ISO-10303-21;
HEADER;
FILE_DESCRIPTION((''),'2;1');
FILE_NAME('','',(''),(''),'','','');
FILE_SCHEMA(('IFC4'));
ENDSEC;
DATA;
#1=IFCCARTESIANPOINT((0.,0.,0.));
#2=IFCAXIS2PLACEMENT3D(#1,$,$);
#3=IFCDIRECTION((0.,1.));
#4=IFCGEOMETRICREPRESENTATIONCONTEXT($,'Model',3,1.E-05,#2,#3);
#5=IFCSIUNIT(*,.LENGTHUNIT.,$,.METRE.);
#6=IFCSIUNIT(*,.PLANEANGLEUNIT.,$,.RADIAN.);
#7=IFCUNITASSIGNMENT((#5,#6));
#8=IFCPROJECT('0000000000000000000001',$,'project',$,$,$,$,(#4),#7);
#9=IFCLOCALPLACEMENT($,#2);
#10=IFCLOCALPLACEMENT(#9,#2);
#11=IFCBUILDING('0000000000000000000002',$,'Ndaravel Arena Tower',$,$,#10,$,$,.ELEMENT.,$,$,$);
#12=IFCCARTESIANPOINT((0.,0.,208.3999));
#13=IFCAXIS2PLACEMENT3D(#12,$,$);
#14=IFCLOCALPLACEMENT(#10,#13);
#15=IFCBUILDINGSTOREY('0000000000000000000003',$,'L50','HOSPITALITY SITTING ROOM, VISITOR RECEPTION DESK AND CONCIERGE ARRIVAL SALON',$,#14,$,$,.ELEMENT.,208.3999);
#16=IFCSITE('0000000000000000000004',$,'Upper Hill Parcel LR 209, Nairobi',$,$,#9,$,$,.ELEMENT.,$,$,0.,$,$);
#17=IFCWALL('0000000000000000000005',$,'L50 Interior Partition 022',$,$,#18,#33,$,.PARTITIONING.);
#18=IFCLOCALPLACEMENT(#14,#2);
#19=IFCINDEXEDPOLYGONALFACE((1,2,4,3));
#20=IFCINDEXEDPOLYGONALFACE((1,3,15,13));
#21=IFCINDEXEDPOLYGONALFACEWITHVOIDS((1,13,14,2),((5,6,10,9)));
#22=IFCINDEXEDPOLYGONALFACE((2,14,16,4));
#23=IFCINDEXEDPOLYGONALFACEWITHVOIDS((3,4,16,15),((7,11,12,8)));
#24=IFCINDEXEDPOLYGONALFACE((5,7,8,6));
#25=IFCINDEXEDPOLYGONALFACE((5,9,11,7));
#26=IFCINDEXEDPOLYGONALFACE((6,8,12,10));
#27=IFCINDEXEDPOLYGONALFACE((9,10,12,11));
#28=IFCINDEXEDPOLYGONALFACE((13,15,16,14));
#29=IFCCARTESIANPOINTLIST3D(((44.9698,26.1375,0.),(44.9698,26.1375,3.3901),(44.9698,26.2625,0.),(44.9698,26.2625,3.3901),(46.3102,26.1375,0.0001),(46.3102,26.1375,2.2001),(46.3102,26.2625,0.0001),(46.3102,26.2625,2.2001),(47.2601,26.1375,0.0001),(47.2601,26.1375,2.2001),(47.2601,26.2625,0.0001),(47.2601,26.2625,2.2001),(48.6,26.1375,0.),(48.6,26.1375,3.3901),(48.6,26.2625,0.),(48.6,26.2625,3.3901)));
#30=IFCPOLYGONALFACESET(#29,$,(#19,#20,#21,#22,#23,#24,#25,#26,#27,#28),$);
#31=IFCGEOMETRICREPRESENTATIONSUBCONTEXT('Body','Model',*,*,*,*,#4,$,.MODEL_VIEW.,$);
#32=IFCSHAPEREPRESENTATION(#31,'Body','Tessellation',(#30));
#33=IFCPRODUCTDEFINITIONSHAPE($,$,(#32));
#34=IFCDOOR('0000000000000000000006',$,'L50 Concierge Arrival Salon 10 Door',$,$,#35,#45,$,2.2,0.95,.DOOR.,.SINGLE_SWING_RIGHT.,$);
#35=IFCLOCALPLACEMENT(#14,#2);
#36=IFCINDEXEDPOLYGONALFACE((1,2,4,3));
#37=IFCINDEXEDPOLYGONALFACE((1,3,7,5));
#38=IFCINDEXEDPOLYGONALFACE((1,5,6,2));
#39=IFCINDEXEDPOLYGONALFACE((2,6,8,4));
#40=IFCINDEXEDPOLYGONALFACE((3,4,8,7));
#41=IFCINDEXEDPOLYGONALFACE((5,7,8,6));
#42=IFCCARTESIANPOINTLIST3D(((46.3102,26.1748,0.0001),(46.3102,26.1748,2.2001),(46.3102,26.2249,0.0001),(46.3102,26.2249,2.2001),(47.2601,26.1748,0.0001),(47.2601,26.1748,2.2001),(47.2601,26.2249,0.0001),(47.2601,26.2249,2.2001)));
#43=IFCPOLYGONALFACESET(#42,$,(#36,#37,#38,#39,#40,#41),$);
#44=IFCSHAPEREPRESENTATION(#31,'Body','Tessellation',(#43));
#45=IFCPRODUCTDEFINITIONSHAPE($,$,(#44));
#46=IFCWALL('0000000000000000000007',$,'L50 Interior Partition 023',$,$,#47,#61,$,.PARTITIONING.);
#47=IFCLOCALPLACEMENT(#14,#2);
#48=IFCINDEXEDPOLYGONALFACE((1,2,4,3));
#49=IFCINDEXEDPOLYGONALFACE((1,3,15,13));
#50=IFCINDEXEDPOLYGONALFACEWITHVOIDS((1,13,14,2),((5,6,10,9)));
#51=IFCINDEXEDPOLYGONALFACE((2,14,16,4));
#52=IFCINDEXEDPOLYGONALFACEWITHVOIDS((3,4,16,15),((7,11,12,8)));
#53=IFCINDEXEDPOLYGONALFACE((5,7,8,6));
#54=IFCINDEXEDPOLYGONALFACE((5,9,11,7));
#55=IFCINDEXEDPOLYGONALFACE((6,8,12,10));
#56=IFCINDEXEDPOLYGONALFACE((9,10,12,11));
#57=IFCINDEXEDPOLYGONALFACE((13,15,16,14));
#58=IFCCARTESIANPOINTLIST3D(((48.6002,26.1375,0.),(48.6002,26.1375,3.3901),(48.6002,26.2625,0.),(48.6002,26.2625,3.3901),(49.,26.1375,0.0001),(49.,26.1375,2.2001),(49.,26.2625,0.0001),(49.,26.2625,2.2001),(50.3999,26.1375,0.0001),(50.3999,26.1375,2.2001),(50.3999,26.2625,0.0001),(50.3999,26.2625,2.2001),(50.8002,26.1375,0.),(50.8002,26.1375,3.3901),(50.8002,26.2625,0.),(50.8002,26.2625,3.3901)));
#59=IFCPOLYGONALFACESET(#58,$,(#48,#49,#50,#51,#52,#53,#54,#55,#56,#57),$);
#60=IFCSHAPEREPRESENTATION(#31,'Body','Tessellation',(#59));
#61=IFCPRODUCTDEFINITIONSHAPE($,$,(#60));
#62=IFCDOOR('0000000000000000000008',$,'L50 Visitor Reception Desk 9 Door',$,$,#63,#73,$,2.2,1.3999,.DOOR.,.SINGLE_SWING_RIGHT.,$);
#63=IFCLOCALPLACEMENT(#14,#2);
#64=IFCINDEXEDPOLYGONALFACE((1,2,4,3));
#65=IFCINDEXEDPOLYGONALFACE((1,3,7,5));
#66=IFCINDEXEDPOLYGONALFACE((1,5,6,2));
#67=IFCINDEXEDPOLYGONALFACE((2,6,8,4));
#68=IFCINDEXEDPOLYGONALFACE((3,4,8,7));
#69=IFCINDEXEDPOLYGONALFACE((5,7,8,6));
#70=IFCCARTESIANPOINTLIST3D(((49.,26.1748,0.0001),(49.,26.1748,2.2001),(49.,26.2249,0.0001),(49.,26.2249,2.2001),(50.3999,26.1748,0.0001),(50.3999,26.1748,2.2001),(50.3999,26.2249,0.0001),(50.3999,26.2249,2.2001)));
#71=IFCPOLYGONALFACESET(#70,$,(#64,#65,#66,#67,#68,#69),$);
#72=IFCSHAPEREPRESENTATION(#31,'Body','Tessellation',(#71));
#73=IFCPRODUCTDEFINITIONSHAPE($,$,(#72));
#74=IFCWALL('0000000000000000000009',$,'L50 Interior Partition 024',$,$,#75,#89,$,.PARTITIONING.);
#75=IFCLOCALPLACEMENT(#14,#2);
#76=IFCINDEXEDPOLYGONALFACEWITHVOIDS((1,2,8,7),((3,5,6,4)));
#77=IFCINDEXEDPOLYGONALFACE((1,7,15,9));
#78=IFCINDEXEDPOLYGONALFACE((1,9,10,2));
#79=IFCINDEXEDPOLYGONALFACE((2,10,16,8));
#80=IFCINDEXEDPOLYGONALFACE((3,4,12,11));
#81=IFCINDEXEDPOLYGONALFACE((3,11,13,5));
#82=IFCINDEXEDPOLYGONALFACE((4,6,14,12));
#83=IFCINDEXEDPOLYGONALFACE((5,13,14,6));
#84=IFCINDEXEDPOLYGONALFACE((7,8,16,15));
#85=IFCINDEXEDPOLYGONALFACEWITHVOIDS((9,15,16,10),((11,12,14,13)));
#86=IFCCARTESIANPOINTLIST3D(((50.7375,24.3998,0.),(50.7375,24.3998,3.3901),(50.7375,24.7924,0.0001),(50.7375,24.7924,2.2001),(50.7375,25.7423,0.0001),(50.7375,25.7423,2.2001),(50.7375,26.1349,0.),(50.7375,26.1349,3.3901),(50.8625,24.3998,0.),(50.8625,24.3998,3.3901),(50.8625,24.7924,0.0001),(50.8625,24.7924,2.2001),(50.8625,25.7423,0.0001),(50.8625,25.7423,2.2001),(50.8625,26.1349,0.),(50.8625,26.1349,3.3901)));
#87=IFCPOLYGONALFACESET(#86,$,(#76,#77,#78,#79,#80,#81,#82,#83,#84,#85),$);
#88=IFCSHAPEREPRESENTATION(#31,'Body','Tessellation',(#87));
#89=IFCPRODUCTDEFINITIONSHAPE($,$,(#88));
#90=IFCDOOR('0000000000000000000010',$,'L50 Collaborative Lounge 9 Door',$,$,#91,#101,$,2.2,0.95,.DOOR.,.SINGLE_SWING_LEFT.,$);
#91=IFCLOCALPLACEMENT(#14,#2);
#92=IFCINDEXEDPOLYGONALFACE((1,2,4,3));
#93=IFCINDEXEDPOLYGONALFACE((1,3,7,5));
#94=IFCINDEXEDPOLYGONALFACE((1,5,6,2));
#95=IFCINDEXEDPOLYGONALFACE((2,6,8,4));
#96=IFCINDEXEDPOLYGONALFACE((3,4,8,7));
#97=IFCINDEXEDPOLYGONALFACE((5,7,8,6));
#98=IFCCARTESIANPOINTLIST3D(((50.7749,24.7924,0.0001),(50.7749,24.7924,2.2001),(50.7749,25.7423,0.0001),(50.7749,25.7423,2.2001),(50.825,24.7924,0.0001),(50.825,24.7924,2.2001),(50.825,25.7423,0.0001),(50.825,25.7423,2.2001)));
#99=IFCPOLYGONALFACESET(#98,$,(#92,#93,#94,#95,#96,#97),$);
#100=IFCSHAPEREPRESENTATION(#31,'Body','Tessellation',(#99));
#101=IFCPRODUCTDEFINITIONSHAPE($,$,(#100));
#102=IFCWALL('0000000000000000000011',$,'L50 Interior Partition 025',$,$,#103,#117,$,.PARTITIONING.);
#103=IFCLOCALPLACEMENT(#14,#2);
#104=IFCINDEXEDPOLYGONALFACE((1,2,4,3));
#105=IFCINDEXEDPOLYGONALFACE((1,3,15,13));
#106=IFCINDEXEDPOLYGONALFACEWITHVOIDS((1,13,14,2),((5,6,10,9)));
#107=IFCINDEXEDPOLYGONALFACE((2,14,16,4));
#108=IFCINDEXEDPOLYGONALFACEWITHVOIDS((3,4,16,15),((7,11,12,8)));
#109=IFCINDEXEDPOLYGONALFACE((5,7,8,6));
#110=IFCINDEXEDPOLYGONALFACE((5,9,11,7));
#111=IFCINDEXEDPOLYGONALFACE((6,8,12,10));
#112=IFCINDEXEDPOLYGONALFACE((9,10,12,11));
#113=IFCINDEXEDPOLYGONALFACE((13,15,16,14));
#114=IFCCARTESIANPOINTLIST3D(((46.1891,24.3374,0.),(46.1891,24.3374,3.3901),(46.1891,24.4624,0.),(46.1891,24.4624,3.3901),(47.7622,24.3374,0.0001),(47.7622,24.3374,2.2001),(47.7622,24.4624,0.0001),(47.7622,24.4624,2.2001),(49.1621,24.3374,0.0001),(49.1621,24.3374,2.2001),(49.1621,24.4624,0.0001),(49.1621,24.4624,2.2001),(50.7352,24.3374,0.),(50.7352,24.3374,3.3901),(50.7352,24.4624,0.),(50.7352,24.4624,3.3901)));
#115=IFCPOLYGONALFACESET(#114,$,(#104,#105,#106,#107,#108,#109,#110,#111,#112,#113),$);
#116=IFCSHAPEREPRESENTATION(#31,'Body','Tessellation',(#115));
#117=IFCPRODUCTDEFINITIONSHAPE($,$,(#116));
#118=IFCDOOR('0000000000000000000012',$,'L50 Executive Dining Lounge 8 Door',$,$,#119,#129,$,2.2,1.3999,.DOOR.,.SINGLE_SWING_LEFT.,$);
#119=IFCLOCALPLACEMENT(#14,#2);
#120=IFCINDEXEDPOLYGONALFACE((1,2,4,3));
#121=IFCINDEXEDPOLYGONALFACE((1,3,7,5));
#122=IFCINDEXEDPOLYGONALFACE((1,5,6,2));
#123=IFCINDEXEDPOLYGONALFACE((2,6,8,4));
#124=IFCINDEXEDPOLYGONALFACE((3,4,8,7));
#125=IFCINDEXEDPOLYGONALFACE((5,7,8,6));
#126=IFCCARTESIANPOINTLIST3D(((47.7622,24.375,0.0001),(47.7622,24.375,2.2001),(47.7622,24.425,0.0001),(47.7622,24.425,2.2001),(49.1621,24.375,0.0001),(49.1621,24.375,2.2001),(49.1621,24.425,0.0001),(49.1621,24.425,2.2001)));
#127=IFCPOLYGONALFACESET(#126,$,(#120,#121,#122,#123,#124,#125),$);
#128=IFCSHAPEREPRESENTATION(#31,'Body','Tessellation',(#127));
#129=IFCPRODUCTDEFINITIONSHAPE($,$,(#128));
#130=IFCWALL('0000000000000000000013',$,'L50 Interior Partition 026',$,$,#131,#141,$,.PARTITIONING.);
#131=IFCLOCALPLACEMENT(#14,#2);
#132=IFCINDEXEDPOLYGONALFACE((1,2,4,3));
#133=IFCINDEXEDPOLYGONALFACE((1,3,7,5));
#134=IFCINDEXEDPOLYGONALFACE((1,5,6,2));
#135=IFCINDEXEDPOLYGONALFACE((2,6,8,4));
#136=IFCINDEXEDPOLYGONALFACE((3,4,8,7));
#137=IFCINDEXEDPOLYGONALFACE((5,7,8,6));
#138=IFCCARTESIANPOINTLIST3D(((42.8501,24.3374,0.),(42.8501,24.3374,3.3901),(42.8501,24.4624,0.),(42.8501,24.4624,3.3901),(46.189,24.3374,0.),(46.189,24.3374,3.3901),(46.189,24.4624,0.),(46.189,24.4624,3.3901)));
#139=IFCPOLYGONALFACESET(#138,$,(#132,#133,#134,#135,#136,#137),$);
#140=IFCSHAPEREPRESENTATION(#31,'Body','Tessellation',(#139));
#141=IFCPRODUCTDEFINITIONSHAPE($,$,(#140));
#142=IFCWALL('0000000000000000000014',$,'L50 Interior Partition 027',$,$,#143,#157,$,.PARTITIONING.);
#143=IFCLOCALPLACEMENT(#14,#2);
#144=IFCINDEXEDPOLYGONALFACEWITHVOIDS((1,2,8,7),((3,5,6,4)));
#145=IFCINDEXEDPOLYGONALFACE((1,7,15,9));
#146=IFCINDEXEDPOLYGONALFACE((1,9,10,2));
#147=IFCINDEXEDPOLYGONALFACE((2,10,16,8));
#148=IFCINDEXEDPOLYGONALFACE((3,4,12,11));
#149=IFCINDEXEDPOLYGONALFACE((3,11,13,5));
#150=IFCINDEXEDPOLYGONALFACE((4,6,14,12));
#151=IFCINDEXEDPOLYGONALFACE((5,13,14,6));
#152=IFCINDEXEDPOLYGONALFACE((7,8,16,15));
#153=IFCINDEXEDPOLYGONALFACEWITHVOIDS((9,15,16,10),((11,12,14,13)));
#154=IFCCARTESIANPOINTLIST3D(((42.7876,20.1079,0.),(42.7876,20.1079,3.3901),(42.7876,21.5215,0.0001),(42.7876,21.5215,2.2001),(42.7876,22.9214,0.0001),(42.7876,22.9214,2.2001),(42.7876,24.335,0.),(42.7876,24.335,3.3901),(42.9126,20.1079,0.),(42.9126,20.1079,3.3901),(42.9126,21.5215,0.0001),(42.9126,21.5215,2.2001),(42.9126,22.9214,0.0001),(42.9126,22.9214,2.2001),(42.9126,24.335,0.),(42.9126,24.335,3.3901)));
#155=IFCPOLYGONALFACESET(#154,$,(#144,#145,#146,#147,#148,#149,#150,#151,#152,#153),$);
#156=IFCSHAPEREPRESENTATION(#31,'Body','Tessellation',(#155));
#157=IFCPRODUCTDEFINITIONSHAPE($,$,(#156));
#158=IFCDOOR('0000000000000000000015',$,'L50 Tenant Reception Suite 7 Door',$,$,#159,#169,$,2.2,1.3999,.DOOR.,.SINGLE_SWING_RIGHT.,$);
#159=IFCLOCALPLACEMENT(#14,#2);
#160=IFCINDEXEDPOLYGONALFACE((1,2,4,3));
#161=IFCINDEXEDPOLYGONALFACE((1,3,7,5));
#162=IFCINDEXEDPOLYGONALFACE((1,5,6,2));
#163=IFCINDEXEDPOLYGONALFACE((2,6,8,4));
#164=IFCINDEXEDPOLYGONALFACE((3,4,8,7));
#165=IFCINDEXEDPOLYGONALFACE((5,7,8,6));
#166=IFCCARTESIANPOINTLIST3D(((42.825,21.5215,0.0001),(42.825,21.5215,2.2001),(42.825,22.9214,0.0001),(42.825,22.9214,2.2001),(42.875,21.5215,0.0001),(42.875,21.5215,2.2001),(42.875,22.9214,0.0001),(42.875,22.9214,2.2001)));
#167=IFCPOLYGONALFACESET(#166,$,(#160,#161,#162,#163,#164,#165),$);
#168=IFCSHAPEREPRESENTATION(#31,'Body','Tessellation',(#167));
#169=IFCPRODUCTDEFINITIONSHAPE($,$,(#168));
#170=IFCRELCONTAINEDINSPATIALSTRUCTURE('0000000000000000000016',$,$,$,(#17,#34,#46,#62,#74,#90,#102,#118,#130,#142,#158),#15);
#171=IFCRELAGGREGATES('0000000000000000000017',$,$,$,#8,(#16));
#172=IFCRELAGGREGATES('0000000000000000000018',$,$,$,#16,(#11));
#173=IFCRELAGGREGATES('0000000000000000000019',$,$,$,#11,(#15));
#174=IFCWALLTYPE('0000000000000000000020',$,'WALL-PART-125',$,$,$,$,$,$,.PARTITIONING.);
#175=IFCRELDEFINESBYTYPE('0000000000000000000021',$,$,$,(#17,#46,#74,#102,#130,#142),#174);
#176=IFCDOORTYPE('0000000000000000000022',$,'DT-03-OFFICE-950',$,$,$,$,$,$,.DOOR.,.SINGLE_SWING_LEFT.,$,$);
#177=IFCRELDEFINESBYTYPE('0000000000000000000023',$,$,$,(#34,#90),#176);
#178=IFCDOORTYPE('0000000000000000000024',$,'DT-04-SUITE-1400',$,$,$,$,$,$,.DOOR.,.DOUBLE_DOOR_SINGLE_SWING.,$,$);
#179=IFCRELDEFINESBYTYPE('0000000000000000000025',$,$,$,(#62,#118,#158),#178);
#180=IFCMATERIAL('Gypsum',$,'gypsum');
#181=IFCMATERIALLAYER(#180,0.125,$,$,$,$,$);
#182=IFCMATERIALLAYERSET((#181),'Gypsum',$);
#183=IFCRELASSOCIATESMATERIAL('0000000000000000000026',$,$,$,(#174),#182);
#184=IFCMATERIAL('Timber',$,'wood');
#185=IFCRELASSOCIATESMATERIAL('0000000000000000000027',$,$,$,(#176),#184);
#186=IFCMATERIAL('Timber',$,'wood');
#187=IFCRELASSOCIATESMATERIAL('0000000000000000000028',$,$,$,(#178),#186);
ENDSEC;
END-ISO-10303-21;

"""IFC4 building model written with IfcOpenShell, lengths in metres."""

from ifc_helpers import new_model, si_unit, direction, frame, frame_2d, origin, place, context, subcontext, project, spatial, rectangle, extrude, material, layer, layer_set, type_object, element, fill, save


model = new_model("IFC4")

# Units and contexts
model_context = context("Model", 3, precision=1e-05, world=origin(), true_north=direction((0.0, 1.0)))
body_context = subcontext(model_context, "Body", "Model", "MODEL_VIEW")
ifc_project = project(units=[si_unit("LENGTHUNIT", "METRE"), si_unit("PLANEANGLEUNIT", "RADIAN")], contexts=[model_context])

# Site, building, storey
site_placement = place(None, origin())
site = spatial("IfcSite", under=ifc_project, at=site_placement, Name="Upper Hill Parcel LR 209, Nairobi", CompositionType="ELEMENT", RefElevation=0.0)
building_placement = place(site_placement, origin())
building = spatial("IfcBuilding", under=site, at=building_placement, Name="Ndaravel Arena Tower", CompositionType="ELEMENT")
storey_placement = place(building_placement, frame((0.0, 0.0, 208.3999)))
storey = spatial("IfcBuildingStorey", under=building, at=storey_placement, Name="L50", Description="HOSPITALITY SITTING ROOM, VISITOR RECEPTION DESK AND CONCIERGE ARRIVAL SALON", CompositionType="ELEMENT", Elevation=208.3999)

# Shared definitions
ifc_material_1 = material(Name="Gypsum", Category="gypsum")
ifc_layer_1 = layer(ifc_material_1, 0.125)
ifc_layer_set_1 = layer_set([ifc_layer_1], Name="Gypsum")
wall_type = type_object("IfcWallType", Name="WALL-PART-125", PredefinedType="PARTITIONING", material=ifc_layer_set_1)

# Walls, openings, doors
ifc_material_2 = material(Name="Timber", Category="wood")
door_type_1 = type_object("IfcDoorType", Name="DT-03-OFFICE-950", OperationType="SINGLE_SWING_LEFT", PredefinedType="DOOR", material=ifc_material_2)
wall_1_placement = place(storey_placement, frame((44.97, 26.2, 0.0), z_axis=(0.0, 0.0, 1.0), x_axis=(1.0, 0.0, 0.0)))
wall_1 = element("IfcWall", 1, at=wall_1_placement, inside=storey, type_object=wall_type, Name="L50 Interior Partition 022", PredefinedType="PARTITIONING", context=body_context, shape_type="SweptSolid", body=[
    extrude(rectangle(XDim=3.6301, YDim=0.125, at=frame_2d((1.8149, 0.0))), origin(), (0.0, 0.0, 1.0), 3.3901),
])
opening_1_placement = place(wall_1_placement, frame((1.3401, 0.0, 0.0)))
opening_1 = element("IfcOpeningElement", 2, at=opening_1_placement, cuts=wall_1, PredefinedType="OPENING", context=body_context, shape_type="SweptSolid", body=[
    extrude(rectangle(XDim=0.95, YDim=2.2, at=frame_2d((0.4751, 1.1001))), frame((0.0, 0.0625, 0.0), z_axis=(0.0, -1.0, 0.0), x_axis=(1.0, 0.0, 0.0)), (0.0, 0.0, 1.0), 0.125),
])
door_1_placement = place(opening_1_placement, origin())
door_1 = element("IfcDoor", 3, at=door_1_placement, inside=storey, type_object=door_type_1, Name="L50 Concierge Arrival Salon 10 Door", OperationType="SINGLE_SWING_RIGHT", OverallHeight=2.2, OverallWidth=0.95, PredefinedType="DOOR", context=body_context, shape_type="SweptSolid", body=[
    extrude(rectangle(XDim=0.95, YDim=2.2, at=frame_2d((0.4751, 1.1001))), frame((0.0, 0.0249, 0.0), z_axis=(0.0, -1.0, 0.0), x_axis=(1.0, 0.0, 0.0)), (0.0, 0.0, 1.0), 0.05),
])
fill(opening_1, door_1)
wall_2_placement = place(storey_placement, frame((48.6001, 26.2, 0.0), z_axis=(0.0, 0.0, 1.0), x_axis=(1.0, 0.0, 0.0)))
wall_2 = element("IfcWall", 4, at=wall_2_placement, inside=storey, type_object=wall_type, Name="L50 Interior Partition 023", PredefinedType="PARTITIONING", context=body_context, shape_type="SweptSolid", body=[
    extrude(rectangle(XDim=2.2, YDim=0.125, at=frame_2d((1.1001, 0.0))), origin(), (0.0, 0.0, 1.0), 3.3901),
])
opening_2_placement = place(wall_2_placement, frame((0.3999, 0.0, 0.0)))
opening_2 = element("IfcOpeningElement", 5, at=opening_2_placement, cuts=wall_2, PredefinedType="OPENING", context=body_context, shape_type="SweptSolid", body=[
    extrude(rectangle(XDim=1.3999, YDim=2.2, at=frame_2d((0.7, 1.1001))), frame((0.0, 0.0625, 0.0), z_axis=(0.0, -1.0, 0.0), x_axis=(1.0, 0.0, 0.0)), (0.0, 0.0, 1.0), 0.125),
])
ifc_material_3 = material(Name="Timber", Category="wood")
door_type_2 = type_object("IfcDoorType", Name="DT-04-SUITE-1400", OperationType="DOUBLE_DOOR_SINGLE_SWING", PredefinedType="DOOR", material=ifc_material_3)
door_2_placement = place(opening_2_placement, origin())
door_2 = element("IfcDoor", 6, at=door_2_placement, inside=storey, type_object=door_type_2, Name="L50 Visitor Reception Desk 9 Door", OperationType="SINGLE_SWING_RIGHT", OverallHeight=2.2, OverallWidth=1.3999, PredefinedType="DOOR", context=body_context, shape_type="SweptSolid", body=[
    extrude(rectangle(XDim=1.3999, YDim=2.2, at=frame_2d((0.7, 1.1001))), frame((0.0, 0.0249, 0.0), z_axis=(0.0, -1.0, 0.0), x_axis=(1.0, 0.0, 0.0)), (0.0, 0.0, 1.0), 0.05),
])
fill(opening_2, door_2)
wall_3_placement = place(storey_placement, frame((50.8, 26.135, 0.0), z_axis=(0.0, 0.0, 1.0), x_axis=(0.0, -1.0, 0.0)))
wall_3 = element("IfcWall", 7, at=wall_3_placement, inside=storey, type_object=wall_type, Name="L50 Interior Partition 024", PredefinedType="PARTITIONING", context=body_context, shape_type="SweptSolid", body=[
    extrude(rectangle(XDim=1.7351, YDim=0.125, at=frame_2d((0.8677, 0.0))), origin(), (0.0, 0.0, 1.0), 3.3901),
])
opening_3_placement = place(wall_3_placement, frame((0.3926, 0.0, 0.0)))
opening_3 = element("IfcOpeningElement", 8, at=opening_3_placement, cuts=wall_3, PredefinedType="OPENING", context=body_context, shape_type="SweptSolid", body=[
    extrude(rectangle(XDim=0.95, YDim=2.2, at=frame_2d((0.4751, 1.1001))), frame((0.0, 0.0625, 0.0), z_axis=(0.0, -1.0, 0.0), x_axis=(1.0, 0.0, 0.0)), (0.0, 0.0, 1.0), 0.125),
])
door_3_placement = place(opening_3_placement, origin())
door_3 = element("IfcDoor", 9, at=door_3_placement, inside=storey, type_object=door_type_1, Name="L50 Collaborative Lounge 9 Door", OperationType="SINGLE_SWING_LEFT", OverallHeight=2.2, OverallWidth=0.95, PredefinedType="DOOR", context=body_context, shape_type="SweptSolid", body=[
    extrude(rectangle(XDim=0.95, YDim=2.2, at=frame_2d((0.4751, 1.1001))), frame((0.0, 0.0249, 0.0), z_axis=(0.0, -1.0, 0.0), x_axis=(1.0, 0.0, 0.0)), (0.0, 0.0, 1.0), 0.05),
])
fill(opening_3, door_3)
wall_4_placement = place(storey_placement, frame((50.7351, 24.3999, 0.0), z_axis=(0.0, 0.0, 1.0), x_axis=(-1.0, 0.0, 0.0)))
wall_4 = element("IfcWall", 10, at=wall_4_placement, inside=storey, type_object=wall_type, Name="L50 Interior Partition 025", PredefinedType="PARTITIONING", context=body_context, shape_type="SweptSolid", body=[
    extrude(rectangle(XDim=4.5461, YDim=0.125, at=frame_2d((2.2729, 0.0))), origin(), (0.0, 0.0, 1.0), 3.3901),
])
opening_4_placement = place(wall_4_placement, frame((1.573, 0.0, 0.0)))
opening_4 = element("IfcOpeningElement", 11, at=opening_4_placement, cuts=wall_4, PredefinedType="OPENING", context=body_context, shape_type="SweptSolid", body=[
    extrude(rectangle(XDim=1.3999, YDim=2.2, at=frame_2d((0.7, 1.1001))), frame((0.0, 0.0625, 0.0), z_axis=(0.0, -1.0, 0.0), x_axis=(1.0, 0.0, 0.0)), (0.0, 0.0, 1.0), 0.125),
])
door_4_placement = place(opening_4_placement, origin())
door_4 = element("IfcDoor", 12, at=door_4_placement, inside=storey, type_object=door_type_2, Name="L50 Executive Dining Lounge 8 Door", OperationType="SINGLE_SWING_LEFT", OverallHeight=2.2, OverallWidth=1.3999, PredefinedType="DOOR", context=body_context, shape_type="SweptSolid", body=[
    extrude(rectangle(XDim=1.3999, YDim=2.2, at=frame_2d((0.7, 1.1001))), frame((0.0, 0.0249, 0.0), z_axis=(0.0, -1.0, 0.0), x_axis=(1.0, 0.0, 0.0)), (0.0, 0.0, 1.0), 0.05),
])
fill(opening_4, door_4)

# Wall
wall_5_placement = place(storey_placement, frame((46.189, 24.3999, 0.0), z_axis=(0.0, 0.0, 1.0), x_axis=(-1.0, 0.0, 0.0)))
element("IfcWall", 13, at=wall_5_placement, inside=storey, type_object=wall_type, Name="L50 Interior Partition 026", PredefinedType="PARTITIONING", context=body_context, shape_type="SweptSolid", body=[
    extrude(rectangle(XDim=3.3389, YDim=0.125, at=frame_2d((1.6694, 0.0))), origin(), (0.0, 0.0, 1.0), 3.3901),
])

# Wall, opening, door
wall_6_placement = place(storey_placement, frame((42.8501, 24.335, 0.0), z_axis=(0.0, 0.0, 1.0), x_axis=(0.0, -1.0, 0.0)))
wall_6 = element("IfcWall", 14, at=wall_6_placement, inside=storey, type_object=wall_type, Name="L50 Interior Partition 027", PredefinedType="PARTITIONING", context=body_context, shape_type="SweptSolid", body=[
    extrude(rectangle(XDim=4.2271, YDim=0.125, at=frame_2d((2.1135, 0.0))), origin(), (0.0, 0.0, 1.0), 3.3901),
])
opening_5_placement = place(wall_6_placement, frame((1.4136, 0.0, 0.0)))
opening_5 = element("IfcOpeningElement", 15, at=opening_5_placement, cuts=wall_6, PredefinedType="OPENING", context=body_context, shape_type="SweptSolid", body=[
    extrude(rectangle(XDim=1.3999, YDim=2.2, at=frame_2d((0.7, 1.1001))), frame((0.0, 0.0625, 0.0), z_axis=(0.0, -1.0, 0.0), x_axis=(1.0, 0.0, 0.0)), (0.0, 0.0, 1.0), 0.125),
])
door_5_placement = place(opening_5_placement, origin())
door_5 = element("IfcDoor", 16, at=door_5_placement, inside=storey, type_object=door_type_2, Name="L50 Tenant Reception Suite 7 Door", OperationType="SINGLE_SWING_RIGHT", OverallHeight=2.2, OverallWidth=1.3999, PredefinedType="DOOR", context=body_context, shape_type="SweptSolid", body=[
    extrude(rectangle(XDim=1.3999, YDim=2.2, at=frame_2d((0.7, 1.1001))), frame((0.0, 0.0249, 0.0), z_axis=(0.0, -1.0, 0.0), x_axis=(1.0, 0.0, 0.0)), (0.0, 0.0, 1.0), 0.05),
])
fill(opening_5, door_5)

save(model, "model.ifc")
